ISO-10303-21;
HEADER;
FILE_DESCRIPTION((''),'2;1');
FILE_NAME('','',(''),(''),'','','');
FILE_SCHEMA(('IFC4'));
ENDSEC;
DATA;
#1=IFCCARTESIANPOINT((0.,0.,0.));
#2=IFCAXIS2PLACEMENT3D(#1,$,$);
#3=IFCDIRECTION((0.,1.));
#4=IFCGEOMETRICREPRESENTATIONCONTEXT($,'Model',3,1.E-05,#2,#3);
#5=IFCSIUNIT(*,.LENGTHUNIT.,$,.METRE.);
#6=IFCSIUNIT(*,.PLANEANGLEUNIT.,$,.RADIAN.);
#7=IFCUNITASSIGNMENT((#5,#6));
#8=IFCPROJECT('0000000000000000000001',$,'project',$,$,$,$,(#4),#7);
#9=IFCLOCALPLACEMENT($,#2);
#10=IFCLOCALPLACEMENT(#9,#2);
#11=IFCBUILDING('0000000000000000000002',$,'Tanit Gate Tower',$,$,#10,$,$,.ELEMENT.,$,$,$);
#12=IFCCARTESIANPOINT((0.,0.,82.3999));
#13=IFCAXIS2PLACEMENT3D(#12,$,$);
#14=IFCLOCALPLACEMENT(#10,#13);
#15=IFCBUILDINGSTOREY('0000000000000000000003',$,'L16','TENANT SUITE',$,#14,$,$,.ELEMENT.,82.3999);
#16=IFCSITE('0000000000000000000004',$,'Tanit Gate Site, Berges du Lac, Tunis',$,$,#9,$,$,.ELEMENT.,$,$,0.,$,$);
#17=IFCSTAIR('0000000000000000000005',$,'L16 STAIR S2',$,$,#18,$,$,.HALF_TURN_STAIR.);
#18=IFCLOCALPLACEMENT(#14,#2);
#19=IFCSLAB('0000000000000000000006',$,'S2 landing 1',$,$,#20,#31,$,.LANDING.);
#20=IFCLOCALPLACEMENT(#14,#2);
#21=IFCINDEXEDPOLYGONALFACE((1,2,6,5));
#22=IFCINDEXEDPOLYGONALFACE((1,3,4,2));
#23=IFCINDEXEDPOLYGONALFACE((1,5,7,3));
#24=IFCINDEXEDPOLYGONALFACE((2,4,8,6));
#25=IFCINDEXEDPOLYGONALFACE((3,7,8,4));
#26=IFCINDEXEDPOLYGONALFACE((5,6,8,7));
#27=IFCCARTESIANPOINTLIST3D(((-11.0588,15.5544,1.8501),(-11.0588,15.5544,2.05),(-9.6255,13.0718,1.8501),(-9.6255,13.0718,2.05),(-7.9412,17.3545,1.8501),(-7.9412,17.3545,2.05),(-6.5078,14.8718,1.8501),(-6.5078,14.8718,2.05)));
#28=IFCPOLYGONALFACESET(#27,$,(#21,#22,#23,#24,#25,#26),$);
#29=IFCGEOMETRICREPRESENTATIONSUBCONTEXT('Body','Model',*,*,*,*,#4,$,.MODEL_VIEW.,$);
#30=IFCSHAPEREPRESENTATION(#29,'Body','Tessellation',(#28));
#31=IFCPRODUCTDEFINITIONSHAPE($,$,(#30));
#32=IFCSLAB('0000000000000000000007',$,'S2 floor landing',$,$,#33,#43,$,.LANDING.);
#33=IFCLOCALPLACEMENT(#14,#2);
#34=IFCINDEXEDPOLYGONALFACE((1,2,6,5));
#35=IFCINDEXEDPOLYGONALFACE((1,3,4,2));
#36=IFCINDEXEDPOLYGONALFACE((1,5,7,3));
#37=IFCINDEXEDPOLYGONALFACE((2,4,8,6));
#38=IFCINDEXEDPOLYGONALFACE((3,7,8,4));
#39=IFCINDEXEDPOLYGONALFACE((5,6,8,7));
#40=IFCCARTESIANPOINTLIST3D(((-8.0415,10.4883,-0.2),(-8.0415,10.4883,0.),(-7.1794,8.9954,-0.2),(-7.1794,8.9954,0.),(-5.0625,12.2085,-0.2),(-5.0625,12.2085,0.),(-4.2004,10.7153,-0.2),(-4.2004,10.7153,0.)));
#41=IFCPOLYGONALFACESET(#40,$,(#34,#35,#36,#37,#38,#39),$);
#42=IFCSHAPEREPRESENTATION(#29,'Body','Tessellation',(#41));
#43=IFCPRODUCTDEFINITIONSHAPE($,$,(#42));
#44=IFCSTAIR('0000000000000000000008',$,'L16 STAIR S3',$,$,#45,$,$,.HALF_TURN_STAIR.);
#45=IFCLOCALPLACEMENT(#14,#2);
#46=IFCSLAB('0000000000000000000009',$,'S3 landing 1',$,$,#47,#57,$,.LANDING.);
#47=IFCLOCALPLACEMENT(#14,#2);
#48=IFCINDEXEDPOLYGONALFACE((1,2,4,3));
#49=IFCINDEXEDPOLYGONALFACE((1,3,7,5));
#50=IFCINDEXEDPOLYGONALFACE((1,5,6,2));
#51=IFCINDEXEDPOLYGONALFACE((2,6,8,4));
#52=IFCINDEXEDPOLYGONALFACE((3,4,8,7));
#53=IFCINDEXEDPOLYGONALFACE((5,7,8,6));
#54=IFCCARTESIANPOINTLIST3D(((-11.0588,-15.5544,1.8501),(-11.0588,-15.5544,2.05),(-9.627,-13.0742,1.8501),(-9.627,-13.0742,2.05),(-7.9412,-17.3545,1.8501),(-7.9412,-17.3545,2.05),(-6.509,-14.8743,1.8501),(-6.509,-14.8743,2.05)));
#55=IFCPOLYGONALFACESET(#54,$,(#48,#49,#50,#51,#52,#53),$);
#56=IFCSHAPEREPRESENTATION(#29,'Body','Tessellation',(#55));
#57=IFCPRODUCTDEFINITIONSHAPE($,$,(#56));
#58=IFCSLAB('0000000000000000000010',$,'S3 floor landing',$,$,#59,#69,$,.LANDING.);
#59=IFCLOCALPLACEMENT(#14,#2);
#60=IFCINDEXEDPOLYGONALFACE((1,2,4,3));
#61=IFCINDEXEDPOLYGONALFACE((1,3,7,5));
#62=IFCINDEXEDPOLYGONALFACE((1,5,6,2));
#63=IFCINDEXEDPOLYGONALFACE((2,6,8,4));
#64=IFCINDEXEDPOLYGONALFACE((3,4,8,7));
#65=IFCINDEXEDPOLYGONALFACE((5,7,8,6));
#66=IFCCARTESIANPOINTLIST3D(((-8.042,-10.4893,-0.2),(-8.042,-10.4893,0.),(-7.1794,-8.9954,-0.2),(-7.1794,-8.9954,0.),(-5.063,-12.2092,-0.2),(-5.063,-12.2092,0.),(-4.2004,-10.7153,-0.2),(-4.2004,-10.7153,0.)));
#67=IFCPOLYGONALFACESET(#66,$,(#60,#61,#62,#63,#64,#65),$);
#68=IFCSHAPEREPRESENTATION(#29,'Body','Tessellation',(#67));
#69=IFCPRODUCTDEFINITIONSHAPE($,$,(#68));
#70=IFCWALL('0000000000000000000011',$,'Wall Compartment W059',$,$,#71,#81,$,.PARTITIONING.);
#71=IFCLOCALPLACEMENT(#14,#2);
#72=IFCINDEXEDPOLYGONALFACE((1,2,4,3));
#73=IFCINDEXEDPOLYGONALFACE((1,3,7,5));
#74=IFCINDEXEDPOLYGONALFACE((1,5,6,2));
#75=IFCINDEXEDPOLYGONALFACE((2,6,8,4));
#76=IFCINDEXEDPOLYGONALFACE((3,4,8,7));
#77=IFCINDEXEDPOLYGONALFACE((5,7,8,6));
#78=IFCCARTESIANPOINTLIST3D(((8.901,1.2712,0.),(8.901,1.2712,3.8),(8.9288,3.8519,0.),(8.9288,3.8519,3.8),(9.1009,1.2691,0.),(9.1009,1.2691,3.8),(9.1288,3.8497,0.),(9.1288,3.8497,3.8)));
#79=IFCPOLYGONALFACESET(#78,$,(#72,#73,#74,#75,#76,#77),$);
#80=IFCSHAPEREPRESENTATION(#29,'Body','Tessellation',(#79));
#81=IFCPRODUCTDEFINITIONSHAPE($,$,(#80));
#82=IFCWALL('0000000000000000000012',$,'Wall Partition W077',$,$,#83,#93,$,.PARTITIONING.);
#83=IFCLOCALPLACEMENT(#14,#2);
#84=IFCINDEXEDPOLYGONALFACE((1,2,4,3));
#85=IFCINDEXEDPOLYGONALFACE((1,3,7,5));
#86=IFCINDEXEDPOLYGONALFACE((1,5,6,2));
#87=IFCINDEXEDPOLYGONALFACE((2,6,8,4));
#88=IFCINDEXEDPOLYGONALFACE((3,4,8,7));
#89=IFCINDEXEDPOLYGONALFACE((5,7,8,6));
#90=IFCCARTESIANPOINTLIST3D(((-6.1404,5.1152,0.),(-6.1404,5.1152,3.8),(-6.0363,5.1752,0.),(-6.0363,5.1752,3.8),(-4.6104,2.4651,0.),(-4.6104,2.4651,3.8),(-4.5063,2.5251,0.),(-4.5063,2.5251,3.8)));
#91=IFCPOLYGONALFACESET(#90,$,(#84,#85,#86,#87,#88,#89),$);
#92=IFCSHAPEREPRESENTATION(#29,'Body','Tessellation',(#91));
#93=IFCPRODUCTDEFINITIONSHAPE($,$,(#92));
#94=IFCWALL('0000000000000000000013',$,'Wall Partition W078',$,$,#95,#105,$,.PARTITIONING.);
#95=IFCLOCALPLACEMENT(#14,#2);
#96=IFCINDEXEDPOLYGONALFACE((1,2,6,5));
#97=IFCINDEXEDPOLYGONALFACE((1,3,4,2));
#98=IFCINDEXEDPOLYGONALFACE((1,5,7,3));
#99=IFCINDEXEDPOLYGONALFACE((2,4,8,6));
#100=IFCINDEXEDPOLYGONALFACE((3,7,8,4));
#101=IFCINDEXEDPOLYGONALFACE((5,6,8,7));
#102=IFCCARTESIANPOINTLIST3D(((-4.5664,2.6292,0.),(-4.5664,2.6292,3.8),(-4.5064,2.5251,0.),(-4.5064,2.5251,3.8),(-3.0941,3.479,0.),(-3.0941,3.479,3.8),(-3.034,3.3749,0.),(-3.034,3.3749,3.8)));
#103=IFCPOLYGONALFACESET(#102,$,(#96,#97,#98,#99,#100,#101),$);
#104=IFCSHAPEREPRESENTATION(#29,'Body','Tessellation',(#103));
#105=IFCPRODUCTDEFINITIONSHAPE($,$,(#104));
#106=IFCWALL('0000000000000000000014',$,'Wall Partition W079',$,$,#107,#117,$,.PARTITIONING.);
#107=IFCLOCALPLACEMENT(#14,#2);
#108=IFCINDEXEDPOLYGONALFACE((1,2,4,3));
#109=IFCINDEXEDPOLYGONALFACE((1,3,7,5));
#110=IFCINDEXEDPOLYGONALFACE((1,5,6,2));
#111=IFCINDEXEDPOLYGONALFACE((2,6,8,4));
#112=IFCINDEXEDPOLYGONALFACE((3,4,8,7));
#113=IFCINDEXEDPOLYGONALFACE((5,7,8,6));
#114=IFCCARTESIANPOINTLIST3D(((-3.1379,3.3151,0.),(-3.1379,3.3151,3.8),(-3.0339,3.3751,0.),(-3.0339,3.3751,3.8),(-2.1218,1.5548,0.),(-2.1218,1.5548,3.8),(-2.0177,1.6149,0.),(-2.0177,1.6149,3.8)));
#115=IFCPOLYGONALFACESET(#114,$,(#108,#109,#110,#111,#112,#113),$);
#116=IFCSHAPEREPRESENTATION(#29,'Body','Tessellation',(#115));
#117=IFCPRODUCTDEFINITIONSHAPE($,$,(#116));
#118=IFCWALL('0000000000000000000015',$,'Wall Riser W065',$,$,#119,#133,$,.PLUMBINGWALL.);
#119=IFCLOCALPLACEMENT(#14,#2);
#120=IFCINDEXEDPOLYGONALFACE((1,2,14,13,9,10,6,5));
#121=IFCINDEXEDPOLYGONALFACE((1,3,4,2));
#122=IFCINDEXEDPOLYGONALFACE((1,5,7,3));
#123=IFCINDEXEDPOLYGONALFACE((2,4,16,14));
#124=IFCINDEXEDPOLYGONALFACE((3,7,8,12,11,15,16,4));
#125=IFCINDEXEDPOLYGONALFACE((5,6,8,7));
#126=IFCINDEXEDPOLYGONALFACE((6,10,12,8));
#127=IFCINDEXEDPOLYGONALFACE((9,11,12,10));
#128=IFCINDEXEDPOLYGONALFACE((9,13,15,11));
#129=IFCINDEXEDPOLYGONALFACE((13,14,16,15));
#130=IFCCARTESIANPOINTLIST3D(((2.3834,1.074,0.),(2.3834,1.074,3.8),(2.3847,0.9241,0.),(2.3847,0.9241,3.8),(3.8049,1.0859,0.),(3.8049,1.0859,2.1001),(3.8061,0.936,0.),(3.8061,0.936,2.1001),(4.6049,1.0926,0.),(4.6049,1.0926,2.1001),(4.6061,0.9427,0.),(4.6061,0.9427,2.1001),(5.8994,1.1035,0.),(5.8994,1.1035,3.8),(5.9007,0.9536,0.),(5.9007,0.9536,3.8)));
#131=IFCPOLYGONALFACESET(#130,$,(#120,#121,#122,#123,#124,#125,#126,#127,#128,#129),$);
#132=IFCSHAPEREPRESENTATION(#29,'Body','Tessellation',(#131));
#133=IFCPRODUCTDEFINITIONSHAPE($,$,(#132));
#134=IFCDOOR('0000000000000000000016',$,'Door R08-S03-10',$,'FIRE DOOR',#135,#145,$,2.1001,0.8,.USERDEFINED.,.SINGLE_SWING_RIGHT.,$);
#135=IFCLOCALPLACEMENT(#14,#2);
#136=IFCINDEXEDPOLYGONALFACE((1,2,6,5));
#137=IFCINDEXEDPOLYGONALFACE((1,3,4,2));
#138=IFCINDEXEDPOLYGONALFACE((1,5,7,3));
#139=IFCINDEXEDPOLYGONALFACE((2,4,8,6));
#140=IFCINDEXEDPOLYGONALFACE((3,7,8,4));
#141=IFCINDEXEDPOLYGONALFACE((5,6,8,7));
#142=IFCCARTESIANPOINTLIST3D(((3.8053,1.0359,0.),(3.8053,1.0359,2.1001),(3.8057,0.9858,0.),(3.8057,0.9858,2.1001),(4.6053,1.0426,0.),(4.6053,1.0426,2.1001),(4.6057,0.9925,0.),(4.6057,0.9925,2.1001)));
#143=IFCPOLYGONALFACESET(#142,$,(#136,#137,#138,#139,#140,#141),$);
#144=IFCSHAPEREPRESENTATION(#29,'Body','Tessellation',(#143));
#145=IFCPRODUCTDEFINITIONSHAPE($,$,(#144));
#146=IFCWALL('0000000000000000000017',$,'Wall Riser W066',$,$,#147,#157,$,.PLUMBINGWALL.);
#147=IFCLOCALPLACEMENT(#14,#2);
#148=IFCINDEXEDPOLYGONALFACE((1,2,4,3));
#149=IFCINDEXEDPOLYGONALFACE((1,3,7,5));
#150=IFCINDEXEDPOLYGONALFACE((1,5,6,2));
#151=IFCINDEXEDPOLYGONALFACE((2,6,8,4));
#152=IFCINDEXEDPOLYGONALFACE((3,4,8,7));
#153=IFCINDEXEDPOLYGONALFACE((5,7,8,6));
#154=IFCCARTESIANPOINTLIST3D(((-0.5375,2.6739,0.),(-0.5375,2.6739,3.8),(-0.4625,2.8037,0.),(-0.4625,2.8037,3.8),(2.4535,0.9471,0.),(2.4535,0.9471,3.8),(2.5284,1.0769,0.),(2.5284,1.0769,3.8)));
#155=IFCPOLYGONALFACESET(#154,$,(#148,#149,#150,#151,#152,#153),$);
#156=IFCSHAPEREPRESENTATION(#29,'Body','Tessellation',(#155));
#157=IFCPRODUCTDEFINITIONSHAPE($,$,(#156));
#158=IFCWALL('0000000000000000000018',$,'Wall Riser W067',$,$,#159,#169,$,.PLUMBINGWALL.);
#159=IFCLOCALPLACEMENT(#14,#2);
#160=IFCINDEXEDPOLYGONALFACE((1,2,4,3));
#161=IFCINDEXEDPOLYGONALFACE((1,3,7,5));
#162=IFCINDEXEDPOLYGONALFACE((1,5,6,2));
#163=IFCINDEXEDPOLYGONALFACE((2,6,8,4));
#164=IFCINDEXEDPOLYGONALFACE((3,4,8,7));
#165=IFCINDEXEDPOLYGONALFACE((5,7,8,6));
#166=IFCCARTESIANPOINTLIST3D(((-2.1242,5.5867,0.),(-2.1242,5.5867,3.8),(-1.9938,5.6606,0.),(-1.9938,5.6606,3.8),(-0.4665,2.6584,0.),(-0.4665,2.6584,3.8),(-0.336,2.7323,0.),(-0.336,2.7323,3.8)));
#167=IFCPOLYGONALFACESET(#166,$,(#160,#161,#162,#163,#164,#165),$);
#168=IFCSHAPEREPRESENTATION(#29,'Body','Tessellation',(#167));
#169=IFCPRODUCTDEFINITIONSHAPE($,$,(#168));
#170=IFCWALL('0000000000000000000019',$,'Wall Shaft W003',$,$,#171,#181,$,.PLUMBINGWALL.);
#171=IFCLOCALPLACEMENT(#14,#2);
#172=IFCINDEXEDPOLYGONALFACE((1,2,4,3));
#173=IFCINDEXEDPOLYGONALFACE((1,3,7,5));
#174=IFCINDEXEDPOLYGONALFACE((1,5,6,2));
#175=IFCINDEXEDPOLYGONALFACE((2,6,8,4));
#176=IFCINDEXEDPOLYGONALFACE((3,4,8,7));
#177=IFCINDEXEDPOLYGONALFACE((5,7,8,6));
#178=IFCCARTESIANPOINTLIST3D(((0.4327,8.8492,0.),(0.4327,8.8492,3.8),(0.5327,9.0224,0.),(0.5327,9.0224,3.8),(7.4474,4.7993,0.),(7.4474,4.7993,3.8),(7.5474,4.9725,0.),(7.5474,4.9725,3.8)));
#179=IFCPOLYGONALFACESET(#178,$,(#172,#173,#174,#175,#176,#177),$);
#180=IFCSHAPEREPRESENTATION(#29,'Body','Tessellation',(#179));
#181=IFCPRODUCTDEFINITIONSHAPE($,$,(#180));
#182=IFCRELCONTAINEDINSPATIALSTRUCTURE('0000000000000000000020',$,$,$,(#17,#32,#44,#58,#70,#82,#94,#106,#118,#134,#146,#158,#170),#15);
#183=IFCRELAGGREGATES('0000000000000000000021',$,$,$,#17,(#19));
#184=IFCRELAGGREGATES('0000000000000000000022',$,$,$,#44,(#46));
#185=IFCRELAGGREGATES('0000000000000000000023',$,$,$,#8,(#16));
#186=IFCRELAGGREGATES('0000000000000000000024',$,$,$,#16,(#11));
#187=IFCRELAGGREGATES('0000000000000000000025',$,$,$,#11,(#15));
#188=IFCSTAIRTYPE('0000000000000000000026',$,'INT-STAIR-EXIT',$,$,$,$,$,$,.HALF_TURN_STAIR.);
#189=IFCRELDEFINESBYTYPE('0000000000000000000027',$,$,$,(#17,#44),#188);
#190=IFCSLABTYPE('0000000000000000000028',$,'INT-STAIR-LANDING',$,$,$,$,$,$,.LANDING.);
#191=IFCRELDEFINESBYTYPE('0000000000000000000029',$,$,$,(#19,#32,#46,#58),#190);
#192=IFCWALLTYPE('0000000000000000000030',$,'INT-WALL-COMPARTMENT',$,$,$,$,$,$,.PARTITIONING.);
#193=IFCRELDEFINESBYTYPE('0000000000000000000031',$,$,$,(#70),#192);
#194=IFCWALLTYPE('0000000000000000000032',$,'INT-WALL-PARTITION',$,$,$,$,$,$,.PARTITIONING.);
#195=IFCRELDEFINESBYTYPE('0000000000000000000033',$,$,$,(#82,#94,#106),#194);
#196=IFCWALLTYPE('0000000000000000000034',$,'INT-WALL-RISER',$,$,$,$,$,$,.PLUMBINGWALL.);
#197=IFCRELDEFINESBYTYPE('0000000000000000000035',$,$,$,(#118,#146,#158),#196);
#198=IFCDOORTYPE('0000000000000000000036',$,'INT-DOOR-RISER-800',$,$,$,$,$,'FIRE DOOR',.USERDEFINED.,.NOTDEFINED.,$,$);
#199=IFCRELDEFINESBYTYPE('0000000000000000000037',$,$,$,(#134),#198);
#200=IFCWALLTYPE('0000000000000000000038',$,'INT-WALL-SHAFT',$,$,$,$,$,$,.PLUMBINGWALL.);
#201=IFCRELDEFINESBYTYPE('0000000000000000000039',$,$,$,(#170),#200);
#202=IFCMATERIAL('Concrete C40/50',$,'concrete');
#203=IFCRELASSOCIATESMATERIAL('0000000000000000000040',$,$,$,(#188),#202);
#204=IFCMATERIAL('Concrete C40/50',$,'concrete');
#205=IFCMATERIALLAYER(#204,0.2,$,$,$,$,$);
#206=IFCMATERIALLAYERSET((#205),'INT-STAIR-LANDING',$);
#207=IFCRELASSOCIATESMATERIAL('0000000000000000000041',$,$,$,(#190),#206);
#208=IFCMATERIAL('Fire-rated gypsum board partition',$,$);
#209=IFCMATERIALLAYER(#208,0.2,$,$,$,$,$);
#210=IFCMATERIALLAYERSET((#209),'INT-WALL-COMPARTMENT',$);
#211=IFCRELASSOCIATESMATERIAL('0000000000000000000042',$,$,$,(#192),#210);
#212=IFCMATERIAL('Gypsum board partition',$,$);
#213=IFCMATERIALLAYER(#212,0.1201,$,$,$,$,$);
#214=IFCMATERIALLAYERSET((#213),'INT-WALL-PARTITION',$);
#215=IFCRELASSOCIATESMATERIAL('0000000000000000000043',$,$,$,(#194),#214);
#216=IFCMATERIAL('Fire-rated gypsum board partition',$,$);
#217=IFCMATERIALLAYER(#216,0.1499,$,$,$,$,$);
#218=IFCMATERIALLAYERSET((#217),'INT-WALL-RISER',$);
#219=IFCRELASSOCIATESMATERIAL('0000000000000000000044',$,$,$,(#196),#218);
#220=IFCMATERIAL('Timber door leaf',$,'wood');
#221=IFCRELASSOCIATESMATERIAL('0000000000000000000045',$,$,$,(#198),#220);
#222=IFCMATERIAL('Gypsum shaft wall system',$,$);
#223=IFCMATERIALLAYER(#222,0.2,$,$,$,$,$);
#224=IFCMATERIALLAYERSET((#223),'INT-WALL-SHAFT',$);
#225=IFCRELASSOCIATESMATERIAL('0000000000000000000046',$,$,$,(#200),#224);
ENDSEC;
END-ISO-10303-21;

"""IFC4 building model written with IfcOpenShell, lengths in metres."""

from ifc_helpers import new_model, si_unit, direction, frame, frame_2d, origin, place, context, subcontext, project, spatial, polyline, rectangle, outline, extrude, material, layer, layer_set, type_object, element, fill, aggregate, save


model = new_model("IFC4")

# Units and contexts
model_context = context("Model", 3, precision=1e-05, world=origin(), true_north=direction((0.0, 1.0)))
body_context = subcontext(model_context, "Body", "Model", "MODEL_VIEW")
ifc_project = project(units=[si_unit("LENGTHUNIT", "METRE"), si_unit("PLANEANGLEUNIT", "RADIAN")], contexts=[model_context])

# Site, building, storey
site_placement = place(None, origin())
site = spatial("IfcSite", under=ifc_project, at=site_placement, Name="Tanit Gate Site, Berges du Lac, Tunis", CompositionType="ELEMENT", RefElevation=0.0)
building_placement = place(site_placement, origin())
building = spatial("IfcBuilding", under=site, at=building_placement, Name="Tanit Gate Tower", CompositionType="ELEMENT")
storey_placement = place(building_placement, frame((0.0, 0.0, 82.3999)))
storey = spatial("IfcBuildingStorey", under=building, at=storey_placement, Name="L16", Description="TENANT SUITE", CompositionType="ELEMENT", Elevation=82.3999)

# Stair, slab
ifc_material_1 = material(Name="Concrete C40/50", Category="concrete")
stair_type = type_object("IfcStairType", Name="INT-STAIR-EXIT", PredefinedType="HALF_TURN_STAIR", material=ifc_material_1)
stair_1_placement = place(storey_placement, origin())
stair_1 = element("IfcStair", 1, at=stair_1_placement, inside=storey, type_object=stair_type, Name="L16 STAIR S2", PredefinedType="HALF_TURN_STAIR")
ifc_material_2 = material(Name="Concrete C40/50", Category="concrete")
ifc_layer_1 = layer(ifc_material_2, 0.2)
ifc_layer_set_1 = layer_set([ifc_layer_1], Name="INT-STAIR-LANDING")
slab_type = type_object("IfcSlabType", Name="INT-STAIR-LANDING", PredefinedType="LANDING", material=ifc_layer_set_1)
slab_1_placement = place(storey_placement, frame((0.0, 0.0, 1.8501)))
slab_1 = element("IfcSlab", 2, at=slab_1_placement, type_object=slab_type, Name="S2 landing 1", PredefinedType="LANDING", context=body_context, shape_type="SweptSolid", body=[
    extrude(outline(polyline([(-6.5078, 14.8718), (-7.9412, 17.3545), (-11.0588, 15.5544), (-9.6255, 13.0718), (-6.5078, 14.8718)])), origin(), (0.0, 0.0, 1.0), 0.2),
])
aggregate(stair_1, [slab_1])

# Slab
slab_2_placement = place(storey_placement, frame((0.0, 0.0, -0.2)))
element("IfcSlab", 3, at=slab_2_placement, inside=storey, type_object=slab_type, Name="S2 floor landing", PredefinedType="LANDING", context=body_context, shape_type="SweptSolid", body=[
    extrude(outline(polyline([(-4.2004, 10.7153), (-5.0625, 12.2085), (-8.0415, 10.4883), (-7.1794, 8.9954), (-4.2004, 10.7153)])), origin(), (0.0, 0.0, 1.0), 0.2),
])

# Stair, slab
stair_2_placement = place(storey_placement, origin())
stair_2 = element("IfcStair", 4, at=stair_2_placement, inside=storey, type_object=stair_type, Name="L16 STAIR S3", PredefinedType="HALF_TURN_STAIR")
slab_3_placement = place(storey_placement, frame((0.0, 0.0, 1.8501)))
slab_3 = element("IfcSlab", 5, at=slab_3_placement, type_object=slab_type, Name="S3 landing 1", PredefinedType="LANDING", context=body_context, shape_type="SweptSolid", body=[
    extrude(outline(polyline([(-9.627, -13.0742), (-11.0588, -15.5544), (-7.9412, -17.3545), (-6.509, -14.8743), (-9.627, -13.0742)])), origin(), (0.0, 0.0, 1.0), 0.2),
])
aggregate(stair_2, [slab_3])

# Slab
slab_4_placement = place(storey_placement, frame((0.0, 0.0, -0.2)))
element("IfcSlab", 6, at=slab_4_placement, inside=storey, type_object=slab_type, Name="S3 floor landing", PredefinedType="LANDING", context=body_context, shape_type="SweptSolid", body=[
    extrude(outline(polyline([(-7.1794, -8.9954), (-8.042, -10.4893), (-5.063, -12.2092), (-4.2004, -10.7153), (-7.1794, -8.9954)])), origin(), (0.0, 0.0, 1.0), 0.2),
])

# Walls
ifc_material_3 = material(Name="Fire-rated gypsum board partition")
ifc_layer_2 = layer(ifc_material_3, 0.2)
ifc_layer_set_2 = layer_set([ifc_layer_2], Name="INT-WALL-COMPARTMENT")
wall_type_1 = type_object("IfcWallType", Name="INT-WALL-COMPARTMENT", PredefinedType="PARTITIONING", material=ifc_layer_set_2)
wall_1_placement = place(storey_placement, frame((9.001, 1.27, 0.0), z_axis=(0.0, 0.0, 1.0), x_axis=(0.010785, 0.999942, 0.0)))
element("IfcWall", 7, at=wall_1_placement, inside=storey, type_object=wall_type_1, Name="Wall Compartment W059", PredefinedType="PARTITIONING", context=body_context, shape_type="SweptSolid", body=[
    extrude(rectangle(XDim=2.5808, YDim=0.2, at=frame_2d((1.2905, 0.0))), origin(), (0.0, 0.0, 1.0), 3.8),
])
ifc_material_4 = material(Name="Gypsum board partition")
ifc_layer_3 = layer(ifc_material_4, 0.1201)
ifc_layer_set_3 = layer_set([ifc_layer_3], Name="INT-WALL-PARTITION")
wall_type_2 = type_object("IfcWallType", Name="INT-WALL-PARTITION", PredefinedType="PARTITIONING", material=ifc_layer_set_3)
wall_2_placement = place(storey_placement, frame((-4.5583, 2.4951, 0.0), z_axis=(0.0, 0.0, 1.0), x_axis=(-0.499992, 0.86603, 0.0)))
element("IfcWall", 8, at=wall_2_placement, inside=storey, type_object=wall_type_2, Name="Wall Partition W077", PredefinedType="PARTITIONING", context=body_context, shape_type="SweptSolid", body=[
    extrude(rectangle(XDim=3.0601, YDim=0.1201, at=frame_2d((1.53, 0.0))), origin(), (0.0, 0.0, 1.0), 3.8),
])
wall_3_placement = place(storey_placement, frame((-3.064, 3.427, 0.0), z_axis=(0.0, 0.0, 1.0), x_axis=(-0.866088, -0.499892, 0.0)))
element("IfcWall", 9, at=wall_3_placement, inside=storey, type_object=wall_type_2, Name="Wall Partition W078", PredefinedType="PARTITIONING", context=body_context, shape_type="SweptSolid", body=[
    extrude(rectangle(XDim=1.7, YDim=0.1201, at=frame_2d((0.8501, 0.0))), origin(), (0.0, 0.0, 1.0), 3.8),
])
wall_4_placement = place(storey_placement, frame((-2.0698, 1.585, 0.0), z_axis=(0.0, 0.0, 1.0), x_axis=(-0.499937, 0.866062, 0.0)))
element("IfcWall", 10, at=wall_4_placement, inside=storey, type_object=wall_type_2, Name="Wall Partition W079", PredefinedType="PARTITIONING", context=body_context, shape_type="SweptSolid", body=[
    extrude(rectangle(XDim=2.0325, YDim=0.1201, at=frame_2d((1.0161, 0.0))), origin(), (0.0, 0.0, 1.0), 3.8),
])

# Wall, opening, door
ifc_material_5 = material(Name="Fire-rated gypsum board partition")
ifc_layer_4 = layer(ifc_material_5, 0.1499)
ifc_layer_set_4 = layer_set([ifc_layer_4], Name="INT-WALL-RISER")
wall_type_3 = type_object("IfcWallType", Name="INT-WALL-RISER", PredefinedType="PLUMBINGWALL", material=ifc_layer_set_4)
wall_5_placement = place(storey_placement, frame((2.384, 0.999, 0.0), z_axis=(0.0, 0.0, 1.0), x_axis=(0.999965, 0.008402, 0.0)))
wall_5 = element("IfcWall", 11, at=wall_5_placement, inside=storey, type_object=wall_type_3, Name="Wall Riser W065", PredefinedType="PLUMBINGWALL", context=body_context, shape_type="SweptSolid", body=[
    extrude(rectangle(XDim=3.5161, YDim=0.1499, at=frame_2d((1.7581, 0.0))), origin(), (0.0, 0.0, 1.0), 3.8),
])
opening_1_placement = place(wall_5_placement, frame((1.4216, 0.0, 0.0)))
opening_1 = element("IfcOpeningElement", 12, at=opening_1_placement, cuts=wall_5, PredefinedType="OPENING", context=body_context, shape_type="SweptSolid", body=[
    extrude(rectangle(XDim=0.8, YDim=2.1001, at=frame_2d((0.3999, 1.05))), frame((0.0, 0.085, 0.0), z_axis=(0.0, -1.0, 0.0), x_axis=(1.0, 0.0, 0.0)), (0.0, 0.0, 1.0), 0.1699),
])
ifc_material_6 = material(Name="Timber door leaf", Category="wood")
door_type_1 = type_object("IfcDoorType", Name="INT-DOOR-RISER-800", ElementType="FIRE DOOR", OperationType="NOTDEFINED", PredefinedType="USERDEFINED", material=ifc_material_6)
door_1_placement = place(opening_1_placement, origin())
door_1 = element("IfcDoor", 13, at=door_1_placement, inside=storey, type_object=door_type_1, Name="Door R08-S03-10", ObjectType="FIRE DOOR", OperationType="SINGLE_SWING_RIGHT", OverallHeight=2.1001, OverallWidth=0.8, PredefinedType="USERDEFINED", context=body_context, shape_type="SweptSolid", body=[
    extrude(rectangle(XDim=0.8, YDim=2.1001, at=frame_2d((0.3999, 1.05))), frame((0.0, 0.0249, 0.0), z_axis=(0.0, -1.0, 0.0), x_axis=(1.0, 0.0, 0.0)), (0.0, 0.0, 1.0), 0.05),
])
fill(opening_1, door_1)

# Walls
wall_6_placement = place(storey_placement, frame((-0.5, 2.7388, 0.0), z_axis=(0.0, 0.0, 1.0), x_axis=(0.866029, -0.499994, 0.0)))
element("IfcWall", 14, at=wall_6_placement, inside=storey, type_object=wall_type_3, Name="Wall Riser W066", PredefinedType="PLUMBINGWALL", context=body_context, shape_type="SweptSolid", body=[
    extrude(rectangle(XDim=3.4536, YDim=0.1499, at=frame_2d((1.7268, 0.0))), origin(), (0.0, 0.0, 1.0), 3.8),
])
wall_7_placement = place(storey_placement, frame((-2.0591, 5.6238, 0.0), z_axis=(0.0, 0.0, 1.0), x_axis=(0.49265, -0.870228, 0.0)))
element("IfcWall", 15, at=wall_7_placement, inside=storey, type_object=wall_type_3, Name="Wall Riser W067", PredefinedType="PLUMBINGWALL", context=body_context, shape_type="SweptSolid", body=[
    extrude(rectangle(XDim=3.365, YDim=0.1499, at=frame_2d((1.6826, 0.0))), origin(), (0.0, 0.0, 1.0), 3.8),
])
ifc_material_7 = material(Name="Gypsum shaft wall system")
ifc_layer_5 = layer(ifc_material_7, 0.2)
ifc_layer_set_5 = layer_set([ifc_layer_5], Name="INT-WALL-SHAFT")
wall_type_4 = type_object("IfcWallType", Name="INT-WALL-SHAFT", PredefinedType="PLUMBINGWALL", material=ifc_layer_set_5)
wall_8_placement = place(storey_placement, frame((7.4973, 4.886, 0.0), z_axis=(0.0, 0.0, 1.0), x_axis=(-0.866031, 0.49999, 0.0)))
element("IfcWall", 16, at=wall_8_placement, inside=storey, type_object=wall_type_4, Name="Wall Shaft W003", PredefinedType="PLUMBINGWALL", context=body_context, shape_type="SweptSolid", body=[
    extrude(rectangle(XDim=8.0999, YDim=0.2, at=frame_2d((4.0498, 0.0))), origin(), (0.0, 0.0, 1.0), 3.8),
])

save(model, "model.ifc")
